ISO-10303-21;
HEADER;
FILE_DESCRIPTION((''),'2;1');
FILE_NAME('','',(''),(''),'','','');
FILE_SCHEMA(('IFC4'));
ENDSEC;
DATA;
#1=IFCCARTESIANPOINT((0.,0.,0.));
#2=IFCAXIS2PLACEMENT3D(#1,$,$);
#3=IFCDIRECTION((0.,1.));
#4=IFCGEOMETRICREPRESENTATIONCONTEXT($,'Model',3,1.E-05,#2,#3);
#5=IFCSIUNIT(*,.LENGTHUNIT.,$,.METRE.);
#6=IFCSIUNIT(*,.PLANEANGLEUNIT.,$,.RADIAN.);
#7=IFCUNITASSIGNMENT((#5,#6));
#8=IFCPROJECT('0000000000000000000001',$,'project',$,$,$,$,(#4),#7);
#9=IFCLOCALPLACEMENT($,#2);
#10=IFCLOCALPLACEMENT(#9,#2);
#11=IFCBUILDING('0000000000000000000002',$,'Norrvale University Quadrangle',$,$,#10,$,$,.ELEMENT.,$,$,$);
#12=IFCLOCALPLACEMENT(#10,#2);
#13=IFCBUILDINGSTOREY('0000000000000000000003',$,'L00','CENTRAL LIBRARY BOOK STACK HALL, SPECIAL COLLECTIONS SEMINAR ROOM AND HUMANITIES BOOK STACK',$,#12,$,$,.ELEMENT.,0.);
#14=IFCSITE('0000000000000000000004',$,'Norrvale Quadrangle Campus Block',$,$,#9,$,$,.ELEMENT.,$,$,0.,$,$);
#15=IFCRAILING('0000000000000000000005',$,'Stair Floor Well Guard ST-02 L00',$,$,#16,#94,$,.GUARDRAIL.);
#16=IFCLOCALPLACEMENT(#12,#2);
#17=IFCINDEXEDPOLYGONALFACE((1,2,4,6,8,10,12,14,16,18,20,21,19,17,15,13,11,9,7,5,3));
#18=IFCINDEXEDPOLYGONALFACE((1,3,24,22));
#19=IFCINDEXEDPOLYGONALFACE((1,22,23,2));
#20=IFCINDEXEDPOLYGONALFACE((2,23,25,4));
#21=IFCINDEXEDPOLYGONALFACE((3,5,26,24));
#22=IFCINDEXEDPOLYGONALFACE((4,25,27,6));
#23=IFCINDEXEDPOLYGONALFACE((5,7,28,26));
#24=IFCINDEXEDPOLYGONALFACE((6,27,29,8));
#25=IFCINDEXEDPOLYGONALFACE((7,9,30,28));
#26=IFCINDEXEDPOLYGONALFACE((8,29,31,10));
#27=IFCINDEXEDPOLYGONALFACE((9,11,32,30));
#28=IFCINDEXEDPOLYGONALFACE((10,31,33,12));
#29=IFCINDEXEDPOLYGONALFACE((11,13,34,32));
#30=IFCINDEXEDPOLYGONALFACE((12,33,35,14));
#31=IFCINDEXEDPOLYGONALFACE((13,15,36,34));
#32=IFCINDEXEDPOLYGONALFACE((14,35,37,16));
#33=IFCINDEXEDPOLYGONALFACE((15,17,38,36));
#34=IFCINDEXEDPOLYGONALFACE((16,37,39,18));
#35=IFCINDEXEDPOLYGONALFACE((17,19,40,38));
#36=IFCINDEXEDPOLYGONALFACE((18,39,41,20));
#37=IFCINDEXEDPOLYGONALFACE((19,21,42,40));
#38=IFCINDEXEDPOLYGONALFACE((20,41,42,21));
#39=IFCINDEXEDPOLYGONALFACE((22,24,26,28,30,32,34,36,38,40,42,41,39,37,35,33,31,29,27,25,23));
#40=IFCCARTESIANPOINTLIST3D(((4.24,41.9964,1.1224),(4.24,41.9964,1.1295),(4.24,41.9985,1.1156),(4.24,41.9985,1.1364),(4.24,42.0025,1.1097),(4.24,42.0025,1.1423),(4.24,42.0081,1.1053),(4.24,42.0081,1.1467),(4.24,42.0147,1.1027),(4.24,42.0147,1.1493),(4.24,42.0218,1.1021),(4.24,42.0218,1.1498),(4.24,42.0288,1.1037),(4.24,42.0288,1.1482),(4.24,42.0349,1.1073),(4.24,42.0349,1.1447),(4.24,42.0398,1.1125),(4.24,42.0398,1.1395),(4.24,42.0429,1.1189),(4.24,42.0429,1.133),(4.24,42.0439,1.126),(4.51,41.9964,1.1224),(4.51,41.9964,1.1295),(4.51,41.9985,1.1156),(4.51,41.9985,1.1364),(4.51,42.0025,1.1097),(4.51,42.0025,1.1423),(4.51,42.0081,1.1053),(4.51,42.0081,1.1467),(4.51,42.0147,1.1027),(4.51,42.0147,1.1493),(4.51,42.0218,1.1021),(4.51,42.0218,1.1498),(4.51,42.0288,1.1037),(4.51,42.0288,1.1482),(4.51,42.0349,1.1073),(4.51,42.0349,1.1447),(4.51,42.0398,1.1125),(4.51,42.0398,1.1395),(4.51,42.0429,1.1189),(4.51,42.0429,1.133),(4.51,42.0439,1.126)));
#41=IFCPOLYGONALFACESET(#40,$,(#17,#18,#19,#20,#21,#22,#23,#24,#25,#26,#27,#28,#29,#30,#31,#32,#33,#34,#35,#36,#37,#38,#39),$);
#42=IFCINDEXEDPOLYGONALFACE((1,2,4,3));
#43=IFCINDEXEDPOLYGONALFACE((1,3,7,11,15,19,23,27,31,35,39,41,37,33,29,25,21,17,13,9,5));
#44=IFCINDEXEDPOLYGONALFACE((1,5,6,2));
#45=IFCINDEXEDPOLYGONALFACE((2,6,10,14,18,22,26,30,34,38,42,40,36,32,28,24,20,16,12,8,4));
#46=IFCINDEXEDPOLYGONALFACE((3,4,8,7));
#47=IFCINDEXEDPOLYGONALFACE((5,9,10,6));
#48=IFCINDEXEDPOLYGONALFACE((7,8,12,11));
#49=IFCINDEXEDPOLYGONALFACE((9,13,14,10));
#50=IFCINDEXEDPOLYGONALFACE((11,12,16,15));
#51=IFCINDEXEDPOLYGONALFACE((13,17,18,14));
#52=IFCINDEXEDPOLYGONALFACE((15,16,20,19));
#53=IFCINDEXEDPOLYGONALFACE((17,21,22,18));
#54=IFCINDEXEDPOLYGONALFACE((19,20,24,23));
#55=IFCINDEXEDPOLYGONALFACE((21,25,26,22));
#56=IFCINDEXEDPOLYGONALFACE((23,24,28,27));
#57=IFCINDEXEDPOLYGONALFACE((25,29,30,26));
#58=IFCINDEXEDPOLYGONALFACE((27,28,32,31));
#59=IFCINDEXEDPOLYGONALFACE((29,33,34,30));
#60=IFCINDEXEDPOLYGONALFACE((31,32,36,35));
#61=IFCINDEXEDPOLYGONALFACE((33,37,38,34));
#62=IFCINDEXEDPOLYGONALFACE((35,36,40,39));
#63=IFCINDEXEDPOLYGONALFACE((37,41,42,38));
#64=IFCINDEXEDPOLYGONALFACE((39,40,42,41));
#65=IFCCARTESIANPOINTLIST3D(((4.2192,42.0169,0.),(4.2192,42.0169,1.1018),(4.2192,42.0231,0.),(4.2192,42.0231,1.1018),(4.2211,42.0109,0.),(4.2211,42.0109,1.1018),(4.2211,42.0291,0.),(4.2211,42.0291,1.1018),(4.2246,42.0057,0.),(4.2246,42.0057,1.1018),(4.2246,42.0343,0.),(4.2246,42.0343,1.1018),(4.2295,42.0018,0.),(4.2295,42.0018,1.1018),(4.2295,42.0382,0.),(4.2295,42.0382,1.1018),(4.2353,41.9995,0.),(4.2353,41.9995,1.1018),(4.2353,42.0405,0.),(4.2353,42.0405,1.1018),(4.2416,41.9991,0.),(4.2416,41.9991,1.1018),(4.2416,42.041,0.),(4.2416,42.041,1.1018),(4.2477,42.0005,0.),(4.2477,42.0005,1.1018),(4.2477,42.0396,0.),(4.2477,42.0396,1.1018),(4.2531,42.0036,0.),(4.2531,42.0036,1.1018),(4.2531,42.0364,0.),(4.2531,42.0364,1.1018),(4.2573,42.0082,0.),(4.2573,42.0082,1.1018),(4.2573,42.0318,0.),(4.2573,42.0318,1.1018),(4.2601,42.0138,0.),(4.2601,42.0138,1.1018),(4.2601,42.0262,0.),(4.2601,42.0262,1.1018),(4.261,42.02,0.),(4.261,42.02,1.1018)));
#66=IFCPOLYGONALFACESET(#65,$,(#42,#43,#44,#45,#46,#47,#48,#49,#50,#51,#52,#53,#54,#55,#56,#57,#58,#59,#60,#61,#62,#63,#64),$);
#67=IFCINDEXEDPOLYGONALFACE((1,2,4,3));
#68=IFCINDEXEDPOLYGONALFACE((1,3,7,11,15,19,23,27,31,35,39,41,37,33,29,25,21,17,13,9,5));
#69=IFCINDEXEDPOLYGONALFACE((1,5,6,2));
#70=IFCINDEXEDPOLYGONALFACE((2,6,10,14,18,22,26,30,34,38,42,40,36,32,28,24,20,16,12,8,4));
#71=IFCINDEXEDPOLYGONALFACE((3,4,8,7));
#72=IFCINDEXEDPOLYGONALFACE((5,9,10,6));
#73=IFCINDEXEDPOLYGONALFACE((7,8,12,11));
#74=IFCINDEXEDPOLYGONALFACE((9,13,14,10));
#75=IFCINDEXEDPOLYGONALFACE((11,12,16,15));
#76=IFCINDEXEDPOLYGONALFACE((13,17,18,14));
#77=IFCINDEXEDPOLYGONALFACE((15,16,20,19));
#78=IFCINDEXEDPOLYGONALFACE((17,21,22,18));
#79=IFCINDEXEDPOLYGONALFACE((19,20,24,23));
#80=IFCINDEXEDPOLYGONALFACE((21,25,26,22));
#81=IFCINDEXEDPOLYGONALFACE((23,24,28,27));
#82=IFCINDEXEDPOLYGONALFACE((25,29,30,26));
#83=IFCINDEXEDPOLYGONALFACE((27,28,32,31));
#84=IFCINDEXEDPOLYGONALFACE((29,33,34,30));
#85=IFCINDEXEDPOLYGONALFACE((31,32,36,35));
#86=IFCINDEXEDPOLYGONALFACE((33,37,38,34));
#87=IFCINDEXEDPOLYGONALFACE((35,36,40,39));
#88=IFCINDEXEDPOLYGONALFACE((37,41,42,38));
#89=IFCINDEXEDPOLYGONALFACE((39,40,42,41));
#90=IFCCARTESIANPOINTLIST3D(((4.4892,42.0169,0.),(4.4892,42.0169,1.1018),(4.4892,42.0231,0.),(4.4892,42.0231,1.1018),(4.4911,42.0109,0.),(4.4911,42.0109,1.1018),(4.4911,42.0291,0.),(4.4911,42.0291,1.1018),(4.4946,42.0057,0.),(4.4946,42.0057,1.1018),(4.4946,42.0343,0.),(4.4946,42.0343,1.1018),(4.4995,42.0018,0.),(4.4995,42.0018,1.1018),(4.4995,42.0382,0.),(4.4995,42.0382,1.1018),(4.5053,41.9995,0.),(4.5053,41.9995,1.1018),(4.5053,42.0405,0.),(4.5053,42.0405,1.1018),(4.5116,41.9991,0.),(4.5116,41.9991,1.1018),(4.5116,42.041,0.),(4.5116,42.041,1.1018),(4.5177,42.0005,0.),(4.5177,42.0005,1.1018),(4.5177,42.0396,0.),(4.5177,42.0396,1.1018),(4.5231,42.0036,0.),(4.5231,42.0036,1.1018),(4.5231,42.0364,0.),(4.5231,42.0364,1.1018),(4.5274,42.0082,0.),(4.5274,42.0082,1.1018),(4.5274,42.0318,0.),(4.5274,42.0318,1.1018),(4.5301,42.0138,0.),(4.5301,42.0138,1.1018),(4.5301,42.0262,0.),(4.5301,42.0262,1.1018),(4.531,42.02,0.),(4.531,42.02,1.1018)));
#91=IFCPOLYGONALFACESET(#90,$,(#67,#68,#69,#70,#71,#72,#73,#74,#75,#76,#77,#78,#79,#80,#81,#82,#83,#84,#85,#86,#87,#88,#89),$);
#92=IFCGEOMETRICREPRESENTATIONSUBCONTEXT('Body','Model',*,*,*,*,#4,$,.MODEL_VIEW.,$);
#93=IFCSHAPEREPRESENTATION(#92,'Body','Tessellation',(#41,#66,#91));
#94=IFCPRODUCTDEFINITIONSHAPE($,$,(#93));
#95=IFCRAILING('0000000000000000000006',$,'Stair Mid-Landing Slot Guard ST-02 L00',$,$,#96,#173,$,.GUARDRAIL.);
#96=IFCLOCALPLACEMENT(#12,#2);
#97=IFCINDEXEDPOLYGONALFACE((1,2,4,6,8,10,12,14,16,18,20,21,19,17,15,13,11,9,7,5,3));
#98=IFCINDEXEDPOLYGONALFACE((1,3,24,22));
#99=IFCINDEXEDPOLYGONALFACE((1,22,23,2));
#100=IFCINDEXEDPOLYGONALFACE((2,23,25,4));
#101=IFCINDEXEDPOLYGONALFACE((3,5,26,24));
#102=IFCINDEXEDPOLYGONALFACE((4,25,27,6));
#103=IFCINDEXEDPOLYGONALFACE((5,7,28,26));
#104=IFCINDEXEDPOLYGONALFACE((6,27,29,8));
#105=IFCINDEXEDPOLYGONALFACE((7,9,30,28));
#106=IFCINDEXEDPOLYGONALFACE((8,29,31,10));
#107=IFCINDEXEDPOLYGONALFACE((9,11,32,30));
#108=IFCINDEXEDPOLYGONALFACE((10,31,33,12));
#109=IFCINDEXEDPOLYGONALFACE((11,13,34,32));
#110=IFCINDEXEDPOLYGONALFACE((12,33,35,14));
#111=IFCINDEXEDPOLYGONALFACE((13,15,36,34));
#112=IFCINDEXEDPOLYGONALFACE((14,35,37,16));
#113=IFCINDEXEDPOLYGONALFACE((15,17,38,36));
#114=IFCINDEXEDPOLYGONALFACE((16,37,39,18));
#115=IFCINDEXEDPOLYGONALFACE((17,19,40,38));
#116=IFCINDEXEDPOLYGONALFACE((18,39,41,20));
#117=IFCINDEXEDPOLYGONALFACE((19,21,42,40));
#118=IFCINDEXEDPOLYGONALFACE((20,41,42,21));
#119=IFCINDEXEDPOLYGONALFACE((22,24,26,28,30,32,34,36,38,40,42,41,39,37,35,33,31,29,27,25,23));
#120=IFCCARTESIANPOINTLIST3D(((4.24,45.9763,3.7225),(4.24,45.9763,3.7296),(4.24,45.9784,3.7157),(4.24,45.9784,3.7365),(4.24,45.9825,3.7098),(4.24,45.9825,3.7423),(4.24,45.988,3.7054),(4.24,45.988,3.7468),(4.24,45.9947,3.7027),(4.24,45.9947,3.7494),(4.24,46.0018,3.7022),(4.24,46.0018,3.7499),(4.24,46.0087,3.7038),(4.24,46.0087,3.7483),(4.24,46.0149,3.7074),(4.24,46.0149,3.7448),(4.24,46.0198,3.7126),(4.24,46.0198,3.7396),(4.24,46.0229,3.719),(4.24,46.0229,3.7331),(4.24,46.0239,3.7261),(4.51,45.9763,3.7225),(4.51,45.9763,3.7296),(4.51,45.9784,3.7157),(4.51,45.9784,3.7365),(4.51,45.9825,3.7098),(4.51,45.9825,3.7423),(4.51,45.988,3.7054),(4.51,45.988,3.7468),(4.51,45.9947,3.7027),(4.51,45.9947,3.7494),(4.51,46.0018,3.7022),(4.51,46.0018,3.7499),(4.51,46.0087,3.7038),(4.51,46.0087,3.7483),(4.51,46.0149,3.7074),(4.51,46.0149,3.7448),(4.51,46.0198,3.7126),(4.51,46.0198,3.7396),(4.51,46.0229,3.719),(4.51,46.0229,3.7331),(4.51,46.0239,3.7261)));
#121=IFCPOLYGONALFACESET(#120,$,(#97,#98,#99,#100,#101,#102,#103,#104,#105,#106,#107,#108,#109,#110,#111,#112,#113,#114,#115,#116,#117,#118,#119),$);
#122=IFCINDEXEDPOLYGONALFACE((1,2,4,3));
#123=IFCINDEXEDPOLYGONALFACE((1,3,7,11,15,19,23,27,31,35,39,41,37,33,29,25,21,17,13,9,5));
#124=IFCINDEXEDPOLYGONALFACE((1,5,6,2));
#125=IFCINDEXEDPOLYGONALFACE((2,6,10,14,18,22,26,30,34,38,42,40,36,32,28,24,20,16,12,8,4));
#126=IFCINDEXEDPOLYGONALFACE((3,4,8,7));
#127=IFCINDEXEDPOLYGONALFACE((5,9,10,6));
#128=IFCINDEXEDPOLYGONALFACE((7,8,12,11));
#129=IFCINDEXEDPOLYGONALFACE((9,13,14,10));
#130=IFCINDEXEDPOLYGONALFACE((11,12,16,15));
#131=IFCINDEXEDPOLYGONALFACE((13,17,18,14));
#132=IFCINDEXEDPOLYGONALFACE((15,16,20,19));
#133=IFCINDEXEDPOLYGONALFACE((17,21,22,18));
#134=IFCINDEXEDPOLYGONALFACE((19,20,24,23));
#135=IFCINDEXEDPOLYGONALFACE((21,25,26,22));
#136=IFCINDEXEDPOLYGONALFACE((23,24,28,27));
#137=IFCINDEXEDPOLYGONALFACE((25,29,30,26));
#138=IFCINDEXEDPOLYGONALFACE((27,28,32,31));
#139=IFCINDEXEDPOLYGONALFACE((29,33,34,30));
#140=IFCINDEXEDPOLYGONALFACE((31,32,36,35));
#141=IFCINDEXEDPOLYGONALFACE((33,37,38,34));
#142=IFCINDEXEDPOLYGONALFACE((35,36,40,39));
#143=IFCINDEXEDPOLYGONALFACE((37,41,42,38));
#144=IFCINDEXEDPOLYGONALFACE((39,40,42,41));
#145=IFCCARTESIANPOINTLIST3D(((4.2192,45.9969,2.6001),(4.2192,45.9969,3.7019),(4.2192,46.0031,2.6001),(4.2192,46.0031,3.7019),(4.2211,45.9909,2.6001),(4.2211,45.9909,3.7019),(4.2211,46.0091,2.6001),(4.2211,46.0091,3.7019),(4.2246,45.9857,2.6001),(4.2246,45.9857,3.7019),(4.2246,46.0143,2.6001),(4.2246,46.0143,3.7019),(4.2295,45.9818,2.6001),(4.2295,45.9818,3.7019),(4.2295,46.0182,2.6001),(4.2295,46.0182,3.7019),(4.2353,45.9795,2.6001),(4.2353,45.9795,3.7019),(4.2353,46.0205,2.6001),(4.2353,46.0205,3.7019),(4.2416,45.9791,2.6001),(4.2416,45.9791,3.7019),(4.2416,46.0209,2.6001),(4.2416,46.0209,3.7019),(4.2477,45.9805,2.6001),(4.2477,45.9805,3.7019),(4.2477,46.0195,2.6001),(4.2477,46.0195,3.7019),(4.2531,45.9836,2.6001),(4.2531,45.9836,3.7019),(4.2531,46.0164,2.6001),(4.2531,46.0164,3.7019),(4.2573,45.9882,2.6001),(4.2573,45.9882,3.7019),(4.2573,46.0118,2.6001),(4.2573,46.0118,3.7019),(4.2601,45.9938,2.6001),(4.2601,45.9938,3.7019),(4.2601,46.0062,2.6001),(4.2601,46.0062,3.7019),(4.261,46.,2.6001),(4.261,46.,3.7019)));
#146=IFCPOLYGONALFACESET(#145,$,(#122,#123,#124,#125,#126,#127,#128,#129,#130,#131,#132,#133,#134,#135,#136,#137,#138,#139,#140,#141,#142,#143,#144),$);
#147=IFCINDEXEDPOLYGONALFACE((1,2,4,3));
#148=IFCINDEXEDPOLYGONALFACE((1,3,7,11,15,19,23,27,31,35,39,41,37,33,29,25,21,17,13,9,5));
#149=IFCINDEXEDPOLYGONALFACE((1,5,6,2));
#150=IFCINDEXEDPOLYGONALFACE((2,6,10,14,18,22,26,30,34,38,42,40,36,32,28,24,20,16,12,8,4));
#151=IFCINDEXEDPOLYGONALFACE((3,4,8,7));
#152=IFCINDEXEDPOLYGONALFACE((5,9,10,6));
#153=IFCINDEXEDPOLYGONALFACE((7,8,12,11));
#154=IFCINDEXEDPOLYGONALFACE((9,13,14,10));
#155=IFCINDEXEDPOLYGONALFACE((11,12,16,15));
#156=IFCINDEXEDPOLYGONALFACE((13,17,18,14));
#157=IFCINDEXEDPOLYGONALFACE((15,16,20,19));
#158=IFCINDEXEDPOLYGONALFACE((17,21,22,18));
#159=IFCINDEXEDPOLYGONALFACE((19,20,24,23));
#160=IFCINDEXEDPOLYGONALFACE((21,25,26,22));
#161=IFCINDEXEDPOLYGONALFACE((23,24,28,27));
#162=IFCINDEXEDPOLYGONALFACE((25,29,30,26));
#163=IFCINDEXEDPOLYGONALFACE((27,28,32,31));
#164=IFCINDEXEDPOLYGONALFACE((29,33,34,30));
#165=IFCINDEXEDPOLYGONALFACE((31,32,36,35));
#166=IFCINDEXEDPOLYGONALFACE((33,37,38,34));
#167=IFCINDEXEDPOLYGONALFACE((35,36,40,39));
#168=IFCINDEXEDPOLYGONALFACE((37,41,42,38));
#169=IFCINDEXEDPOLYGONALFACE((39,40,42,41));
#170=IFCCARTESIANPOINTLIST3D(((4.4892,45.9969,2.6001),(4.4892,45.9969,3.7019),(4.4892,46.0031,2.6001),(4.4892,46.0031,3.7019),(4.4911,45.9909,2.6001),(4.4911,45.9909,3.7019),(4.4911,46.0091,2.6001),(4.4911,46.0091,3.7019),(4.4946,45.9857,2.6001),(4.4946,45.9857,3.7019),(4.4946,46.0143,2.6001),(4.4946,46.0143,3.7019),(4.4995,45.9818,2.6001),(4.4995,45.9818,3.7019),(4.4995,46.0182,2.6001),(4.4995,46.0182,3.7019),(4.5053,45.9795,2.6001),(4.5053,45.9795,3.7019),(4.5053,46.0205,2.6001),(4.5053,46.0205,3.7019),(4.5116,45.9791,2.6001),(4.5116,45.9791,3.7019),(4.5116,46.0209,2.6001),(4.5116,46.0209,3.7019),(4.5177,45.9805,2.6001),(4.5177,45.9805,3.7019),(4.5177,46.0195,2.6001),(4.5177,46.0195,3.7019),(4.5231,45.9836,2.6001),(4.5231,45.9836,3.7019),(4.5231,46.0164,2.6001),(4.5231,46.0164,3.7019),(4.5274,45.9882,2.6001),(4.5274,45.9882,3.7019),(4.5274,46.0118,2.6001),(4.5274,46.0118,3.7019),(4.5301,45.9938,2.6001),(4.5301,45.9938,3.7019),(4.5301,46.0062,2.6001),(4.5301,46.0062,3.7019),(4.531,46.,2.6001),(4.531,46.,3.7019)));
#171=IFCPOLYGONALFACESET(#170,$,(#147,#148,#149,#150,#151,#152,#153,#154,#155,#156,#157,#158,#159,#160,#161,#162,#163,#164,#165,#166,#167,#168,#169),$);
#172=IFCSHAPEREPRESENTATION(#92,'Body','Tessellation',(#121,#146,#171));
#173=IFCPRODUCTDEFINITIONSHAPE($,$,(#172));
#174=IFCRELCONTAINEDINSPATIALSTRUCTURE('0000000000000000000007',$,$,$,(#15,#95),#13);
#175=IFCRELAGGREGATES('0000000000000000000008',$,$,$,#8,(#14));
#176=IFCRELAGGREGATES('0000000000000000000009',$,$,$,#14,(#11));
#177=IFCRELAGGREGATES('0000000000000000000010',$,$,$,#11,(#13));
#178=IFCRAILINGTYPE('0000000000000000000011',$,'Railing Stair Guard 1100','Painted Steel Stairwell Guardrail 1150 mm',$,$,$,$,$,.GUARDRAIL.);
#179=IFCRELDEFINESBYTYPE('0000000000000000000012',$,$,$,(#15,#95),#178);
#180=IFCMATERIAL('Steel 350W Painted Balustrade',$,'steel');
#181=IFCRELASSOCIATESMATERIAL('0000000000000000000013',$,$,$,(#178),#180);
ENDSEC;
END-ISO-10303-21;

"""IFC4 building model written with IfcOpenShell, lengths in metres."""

from ifc_helpers import new_model, si_unit, direction, frame, origin, origin_2d, place, context, subcontext, project, spatial, circle, extrude, material, type_object, element, save


model = new_model("IFC4")

# Units and contexts
model_context = context("Model", 3, precision=1e-05, world=origin(), true_north=direction((0.0, 1.0)))
body_context = subcontext(model_context, "Body", "Model", "MODEL_VIEW")
ifc_project = project(units=[si_unit("LENGTHUNIT", "METRE"), si_unit("PLANEANGLEUNIT", "RADIAN")], contexts=[model_context])

# Site, building, storey
site_placement = place(None, origin())
site = spatial("IfcSite", under=ifc_project, at=site_placement, Name="Norrvale Quadrangle Campus Block", CompositionType="ELEMENT", RefElevation=0.0)
building_placement = place(site_placement, origin())
building = spatial("IfcBuilding", under=site, at=building_placement, Name="Norrvale University Quadrangle", CompositionType="ELEMENT")
storey_placement = place(building_placement, origin())
storey = spatial("IfcBuildingStorey", under=building, at=storey_placement, Name="L00", Description="CENTRAL LIBRARY BOOK STACK HALL, SPECIAL COLLECTIONS SEMINAR ROOM AND HUMANITIES BOOK STACK", CompositionType="ELEMENT", Elevation=0.0)

# Railings
ifc_material_1 = material(Name="Steel 350W Painted Balustrade", Category="steel")
railing_type_1 = type_object("IfcRailingType", Name="Railing Stair Guard 1100", Description="Painted Steel Stairwell Guardrail 1150 mm", PredefinedType="GUARDRAIL", material=ifc_material_1)
for number, where, name in (
    (1, (4.24, 42.02, 0.0), "Stair Floor Well Guard ST-02 L00"),
    (2, (4.24, 46.0, 2.6001), "Stair Mid-Landing Slot Guard ST-02 L00"),
):
    element("IfcRailing", number, at=place(storey_placement, frame(where)), inside=storey, type_object=railing_type_1, Name=name, PredefinedType="GUARDRAIL", context=body_context, shape_type="SweptSolid", body=[
        extrude(circle(Radius=0.0239, at=origin_2d()), frame((0.0, 0.0, 1.126), z_axis=(1.0, 0.0, 0.0), x_axis=(0.0, 1.0, 0.0)), (0.0, 0.0, 1.0), 0.27),
        extrude(circle(Radius=0.021, at=origin_2d()), origin(), (0.0, 0.0, 1.0), 1.1018),
        extrude(circle(Radius=0.021, at=origin_2d()), frame((0.27, 0.0, 0.0)), (0.0, 0.0, 1.0), 1.1018),
    ])

save(model, "model.ifc")
